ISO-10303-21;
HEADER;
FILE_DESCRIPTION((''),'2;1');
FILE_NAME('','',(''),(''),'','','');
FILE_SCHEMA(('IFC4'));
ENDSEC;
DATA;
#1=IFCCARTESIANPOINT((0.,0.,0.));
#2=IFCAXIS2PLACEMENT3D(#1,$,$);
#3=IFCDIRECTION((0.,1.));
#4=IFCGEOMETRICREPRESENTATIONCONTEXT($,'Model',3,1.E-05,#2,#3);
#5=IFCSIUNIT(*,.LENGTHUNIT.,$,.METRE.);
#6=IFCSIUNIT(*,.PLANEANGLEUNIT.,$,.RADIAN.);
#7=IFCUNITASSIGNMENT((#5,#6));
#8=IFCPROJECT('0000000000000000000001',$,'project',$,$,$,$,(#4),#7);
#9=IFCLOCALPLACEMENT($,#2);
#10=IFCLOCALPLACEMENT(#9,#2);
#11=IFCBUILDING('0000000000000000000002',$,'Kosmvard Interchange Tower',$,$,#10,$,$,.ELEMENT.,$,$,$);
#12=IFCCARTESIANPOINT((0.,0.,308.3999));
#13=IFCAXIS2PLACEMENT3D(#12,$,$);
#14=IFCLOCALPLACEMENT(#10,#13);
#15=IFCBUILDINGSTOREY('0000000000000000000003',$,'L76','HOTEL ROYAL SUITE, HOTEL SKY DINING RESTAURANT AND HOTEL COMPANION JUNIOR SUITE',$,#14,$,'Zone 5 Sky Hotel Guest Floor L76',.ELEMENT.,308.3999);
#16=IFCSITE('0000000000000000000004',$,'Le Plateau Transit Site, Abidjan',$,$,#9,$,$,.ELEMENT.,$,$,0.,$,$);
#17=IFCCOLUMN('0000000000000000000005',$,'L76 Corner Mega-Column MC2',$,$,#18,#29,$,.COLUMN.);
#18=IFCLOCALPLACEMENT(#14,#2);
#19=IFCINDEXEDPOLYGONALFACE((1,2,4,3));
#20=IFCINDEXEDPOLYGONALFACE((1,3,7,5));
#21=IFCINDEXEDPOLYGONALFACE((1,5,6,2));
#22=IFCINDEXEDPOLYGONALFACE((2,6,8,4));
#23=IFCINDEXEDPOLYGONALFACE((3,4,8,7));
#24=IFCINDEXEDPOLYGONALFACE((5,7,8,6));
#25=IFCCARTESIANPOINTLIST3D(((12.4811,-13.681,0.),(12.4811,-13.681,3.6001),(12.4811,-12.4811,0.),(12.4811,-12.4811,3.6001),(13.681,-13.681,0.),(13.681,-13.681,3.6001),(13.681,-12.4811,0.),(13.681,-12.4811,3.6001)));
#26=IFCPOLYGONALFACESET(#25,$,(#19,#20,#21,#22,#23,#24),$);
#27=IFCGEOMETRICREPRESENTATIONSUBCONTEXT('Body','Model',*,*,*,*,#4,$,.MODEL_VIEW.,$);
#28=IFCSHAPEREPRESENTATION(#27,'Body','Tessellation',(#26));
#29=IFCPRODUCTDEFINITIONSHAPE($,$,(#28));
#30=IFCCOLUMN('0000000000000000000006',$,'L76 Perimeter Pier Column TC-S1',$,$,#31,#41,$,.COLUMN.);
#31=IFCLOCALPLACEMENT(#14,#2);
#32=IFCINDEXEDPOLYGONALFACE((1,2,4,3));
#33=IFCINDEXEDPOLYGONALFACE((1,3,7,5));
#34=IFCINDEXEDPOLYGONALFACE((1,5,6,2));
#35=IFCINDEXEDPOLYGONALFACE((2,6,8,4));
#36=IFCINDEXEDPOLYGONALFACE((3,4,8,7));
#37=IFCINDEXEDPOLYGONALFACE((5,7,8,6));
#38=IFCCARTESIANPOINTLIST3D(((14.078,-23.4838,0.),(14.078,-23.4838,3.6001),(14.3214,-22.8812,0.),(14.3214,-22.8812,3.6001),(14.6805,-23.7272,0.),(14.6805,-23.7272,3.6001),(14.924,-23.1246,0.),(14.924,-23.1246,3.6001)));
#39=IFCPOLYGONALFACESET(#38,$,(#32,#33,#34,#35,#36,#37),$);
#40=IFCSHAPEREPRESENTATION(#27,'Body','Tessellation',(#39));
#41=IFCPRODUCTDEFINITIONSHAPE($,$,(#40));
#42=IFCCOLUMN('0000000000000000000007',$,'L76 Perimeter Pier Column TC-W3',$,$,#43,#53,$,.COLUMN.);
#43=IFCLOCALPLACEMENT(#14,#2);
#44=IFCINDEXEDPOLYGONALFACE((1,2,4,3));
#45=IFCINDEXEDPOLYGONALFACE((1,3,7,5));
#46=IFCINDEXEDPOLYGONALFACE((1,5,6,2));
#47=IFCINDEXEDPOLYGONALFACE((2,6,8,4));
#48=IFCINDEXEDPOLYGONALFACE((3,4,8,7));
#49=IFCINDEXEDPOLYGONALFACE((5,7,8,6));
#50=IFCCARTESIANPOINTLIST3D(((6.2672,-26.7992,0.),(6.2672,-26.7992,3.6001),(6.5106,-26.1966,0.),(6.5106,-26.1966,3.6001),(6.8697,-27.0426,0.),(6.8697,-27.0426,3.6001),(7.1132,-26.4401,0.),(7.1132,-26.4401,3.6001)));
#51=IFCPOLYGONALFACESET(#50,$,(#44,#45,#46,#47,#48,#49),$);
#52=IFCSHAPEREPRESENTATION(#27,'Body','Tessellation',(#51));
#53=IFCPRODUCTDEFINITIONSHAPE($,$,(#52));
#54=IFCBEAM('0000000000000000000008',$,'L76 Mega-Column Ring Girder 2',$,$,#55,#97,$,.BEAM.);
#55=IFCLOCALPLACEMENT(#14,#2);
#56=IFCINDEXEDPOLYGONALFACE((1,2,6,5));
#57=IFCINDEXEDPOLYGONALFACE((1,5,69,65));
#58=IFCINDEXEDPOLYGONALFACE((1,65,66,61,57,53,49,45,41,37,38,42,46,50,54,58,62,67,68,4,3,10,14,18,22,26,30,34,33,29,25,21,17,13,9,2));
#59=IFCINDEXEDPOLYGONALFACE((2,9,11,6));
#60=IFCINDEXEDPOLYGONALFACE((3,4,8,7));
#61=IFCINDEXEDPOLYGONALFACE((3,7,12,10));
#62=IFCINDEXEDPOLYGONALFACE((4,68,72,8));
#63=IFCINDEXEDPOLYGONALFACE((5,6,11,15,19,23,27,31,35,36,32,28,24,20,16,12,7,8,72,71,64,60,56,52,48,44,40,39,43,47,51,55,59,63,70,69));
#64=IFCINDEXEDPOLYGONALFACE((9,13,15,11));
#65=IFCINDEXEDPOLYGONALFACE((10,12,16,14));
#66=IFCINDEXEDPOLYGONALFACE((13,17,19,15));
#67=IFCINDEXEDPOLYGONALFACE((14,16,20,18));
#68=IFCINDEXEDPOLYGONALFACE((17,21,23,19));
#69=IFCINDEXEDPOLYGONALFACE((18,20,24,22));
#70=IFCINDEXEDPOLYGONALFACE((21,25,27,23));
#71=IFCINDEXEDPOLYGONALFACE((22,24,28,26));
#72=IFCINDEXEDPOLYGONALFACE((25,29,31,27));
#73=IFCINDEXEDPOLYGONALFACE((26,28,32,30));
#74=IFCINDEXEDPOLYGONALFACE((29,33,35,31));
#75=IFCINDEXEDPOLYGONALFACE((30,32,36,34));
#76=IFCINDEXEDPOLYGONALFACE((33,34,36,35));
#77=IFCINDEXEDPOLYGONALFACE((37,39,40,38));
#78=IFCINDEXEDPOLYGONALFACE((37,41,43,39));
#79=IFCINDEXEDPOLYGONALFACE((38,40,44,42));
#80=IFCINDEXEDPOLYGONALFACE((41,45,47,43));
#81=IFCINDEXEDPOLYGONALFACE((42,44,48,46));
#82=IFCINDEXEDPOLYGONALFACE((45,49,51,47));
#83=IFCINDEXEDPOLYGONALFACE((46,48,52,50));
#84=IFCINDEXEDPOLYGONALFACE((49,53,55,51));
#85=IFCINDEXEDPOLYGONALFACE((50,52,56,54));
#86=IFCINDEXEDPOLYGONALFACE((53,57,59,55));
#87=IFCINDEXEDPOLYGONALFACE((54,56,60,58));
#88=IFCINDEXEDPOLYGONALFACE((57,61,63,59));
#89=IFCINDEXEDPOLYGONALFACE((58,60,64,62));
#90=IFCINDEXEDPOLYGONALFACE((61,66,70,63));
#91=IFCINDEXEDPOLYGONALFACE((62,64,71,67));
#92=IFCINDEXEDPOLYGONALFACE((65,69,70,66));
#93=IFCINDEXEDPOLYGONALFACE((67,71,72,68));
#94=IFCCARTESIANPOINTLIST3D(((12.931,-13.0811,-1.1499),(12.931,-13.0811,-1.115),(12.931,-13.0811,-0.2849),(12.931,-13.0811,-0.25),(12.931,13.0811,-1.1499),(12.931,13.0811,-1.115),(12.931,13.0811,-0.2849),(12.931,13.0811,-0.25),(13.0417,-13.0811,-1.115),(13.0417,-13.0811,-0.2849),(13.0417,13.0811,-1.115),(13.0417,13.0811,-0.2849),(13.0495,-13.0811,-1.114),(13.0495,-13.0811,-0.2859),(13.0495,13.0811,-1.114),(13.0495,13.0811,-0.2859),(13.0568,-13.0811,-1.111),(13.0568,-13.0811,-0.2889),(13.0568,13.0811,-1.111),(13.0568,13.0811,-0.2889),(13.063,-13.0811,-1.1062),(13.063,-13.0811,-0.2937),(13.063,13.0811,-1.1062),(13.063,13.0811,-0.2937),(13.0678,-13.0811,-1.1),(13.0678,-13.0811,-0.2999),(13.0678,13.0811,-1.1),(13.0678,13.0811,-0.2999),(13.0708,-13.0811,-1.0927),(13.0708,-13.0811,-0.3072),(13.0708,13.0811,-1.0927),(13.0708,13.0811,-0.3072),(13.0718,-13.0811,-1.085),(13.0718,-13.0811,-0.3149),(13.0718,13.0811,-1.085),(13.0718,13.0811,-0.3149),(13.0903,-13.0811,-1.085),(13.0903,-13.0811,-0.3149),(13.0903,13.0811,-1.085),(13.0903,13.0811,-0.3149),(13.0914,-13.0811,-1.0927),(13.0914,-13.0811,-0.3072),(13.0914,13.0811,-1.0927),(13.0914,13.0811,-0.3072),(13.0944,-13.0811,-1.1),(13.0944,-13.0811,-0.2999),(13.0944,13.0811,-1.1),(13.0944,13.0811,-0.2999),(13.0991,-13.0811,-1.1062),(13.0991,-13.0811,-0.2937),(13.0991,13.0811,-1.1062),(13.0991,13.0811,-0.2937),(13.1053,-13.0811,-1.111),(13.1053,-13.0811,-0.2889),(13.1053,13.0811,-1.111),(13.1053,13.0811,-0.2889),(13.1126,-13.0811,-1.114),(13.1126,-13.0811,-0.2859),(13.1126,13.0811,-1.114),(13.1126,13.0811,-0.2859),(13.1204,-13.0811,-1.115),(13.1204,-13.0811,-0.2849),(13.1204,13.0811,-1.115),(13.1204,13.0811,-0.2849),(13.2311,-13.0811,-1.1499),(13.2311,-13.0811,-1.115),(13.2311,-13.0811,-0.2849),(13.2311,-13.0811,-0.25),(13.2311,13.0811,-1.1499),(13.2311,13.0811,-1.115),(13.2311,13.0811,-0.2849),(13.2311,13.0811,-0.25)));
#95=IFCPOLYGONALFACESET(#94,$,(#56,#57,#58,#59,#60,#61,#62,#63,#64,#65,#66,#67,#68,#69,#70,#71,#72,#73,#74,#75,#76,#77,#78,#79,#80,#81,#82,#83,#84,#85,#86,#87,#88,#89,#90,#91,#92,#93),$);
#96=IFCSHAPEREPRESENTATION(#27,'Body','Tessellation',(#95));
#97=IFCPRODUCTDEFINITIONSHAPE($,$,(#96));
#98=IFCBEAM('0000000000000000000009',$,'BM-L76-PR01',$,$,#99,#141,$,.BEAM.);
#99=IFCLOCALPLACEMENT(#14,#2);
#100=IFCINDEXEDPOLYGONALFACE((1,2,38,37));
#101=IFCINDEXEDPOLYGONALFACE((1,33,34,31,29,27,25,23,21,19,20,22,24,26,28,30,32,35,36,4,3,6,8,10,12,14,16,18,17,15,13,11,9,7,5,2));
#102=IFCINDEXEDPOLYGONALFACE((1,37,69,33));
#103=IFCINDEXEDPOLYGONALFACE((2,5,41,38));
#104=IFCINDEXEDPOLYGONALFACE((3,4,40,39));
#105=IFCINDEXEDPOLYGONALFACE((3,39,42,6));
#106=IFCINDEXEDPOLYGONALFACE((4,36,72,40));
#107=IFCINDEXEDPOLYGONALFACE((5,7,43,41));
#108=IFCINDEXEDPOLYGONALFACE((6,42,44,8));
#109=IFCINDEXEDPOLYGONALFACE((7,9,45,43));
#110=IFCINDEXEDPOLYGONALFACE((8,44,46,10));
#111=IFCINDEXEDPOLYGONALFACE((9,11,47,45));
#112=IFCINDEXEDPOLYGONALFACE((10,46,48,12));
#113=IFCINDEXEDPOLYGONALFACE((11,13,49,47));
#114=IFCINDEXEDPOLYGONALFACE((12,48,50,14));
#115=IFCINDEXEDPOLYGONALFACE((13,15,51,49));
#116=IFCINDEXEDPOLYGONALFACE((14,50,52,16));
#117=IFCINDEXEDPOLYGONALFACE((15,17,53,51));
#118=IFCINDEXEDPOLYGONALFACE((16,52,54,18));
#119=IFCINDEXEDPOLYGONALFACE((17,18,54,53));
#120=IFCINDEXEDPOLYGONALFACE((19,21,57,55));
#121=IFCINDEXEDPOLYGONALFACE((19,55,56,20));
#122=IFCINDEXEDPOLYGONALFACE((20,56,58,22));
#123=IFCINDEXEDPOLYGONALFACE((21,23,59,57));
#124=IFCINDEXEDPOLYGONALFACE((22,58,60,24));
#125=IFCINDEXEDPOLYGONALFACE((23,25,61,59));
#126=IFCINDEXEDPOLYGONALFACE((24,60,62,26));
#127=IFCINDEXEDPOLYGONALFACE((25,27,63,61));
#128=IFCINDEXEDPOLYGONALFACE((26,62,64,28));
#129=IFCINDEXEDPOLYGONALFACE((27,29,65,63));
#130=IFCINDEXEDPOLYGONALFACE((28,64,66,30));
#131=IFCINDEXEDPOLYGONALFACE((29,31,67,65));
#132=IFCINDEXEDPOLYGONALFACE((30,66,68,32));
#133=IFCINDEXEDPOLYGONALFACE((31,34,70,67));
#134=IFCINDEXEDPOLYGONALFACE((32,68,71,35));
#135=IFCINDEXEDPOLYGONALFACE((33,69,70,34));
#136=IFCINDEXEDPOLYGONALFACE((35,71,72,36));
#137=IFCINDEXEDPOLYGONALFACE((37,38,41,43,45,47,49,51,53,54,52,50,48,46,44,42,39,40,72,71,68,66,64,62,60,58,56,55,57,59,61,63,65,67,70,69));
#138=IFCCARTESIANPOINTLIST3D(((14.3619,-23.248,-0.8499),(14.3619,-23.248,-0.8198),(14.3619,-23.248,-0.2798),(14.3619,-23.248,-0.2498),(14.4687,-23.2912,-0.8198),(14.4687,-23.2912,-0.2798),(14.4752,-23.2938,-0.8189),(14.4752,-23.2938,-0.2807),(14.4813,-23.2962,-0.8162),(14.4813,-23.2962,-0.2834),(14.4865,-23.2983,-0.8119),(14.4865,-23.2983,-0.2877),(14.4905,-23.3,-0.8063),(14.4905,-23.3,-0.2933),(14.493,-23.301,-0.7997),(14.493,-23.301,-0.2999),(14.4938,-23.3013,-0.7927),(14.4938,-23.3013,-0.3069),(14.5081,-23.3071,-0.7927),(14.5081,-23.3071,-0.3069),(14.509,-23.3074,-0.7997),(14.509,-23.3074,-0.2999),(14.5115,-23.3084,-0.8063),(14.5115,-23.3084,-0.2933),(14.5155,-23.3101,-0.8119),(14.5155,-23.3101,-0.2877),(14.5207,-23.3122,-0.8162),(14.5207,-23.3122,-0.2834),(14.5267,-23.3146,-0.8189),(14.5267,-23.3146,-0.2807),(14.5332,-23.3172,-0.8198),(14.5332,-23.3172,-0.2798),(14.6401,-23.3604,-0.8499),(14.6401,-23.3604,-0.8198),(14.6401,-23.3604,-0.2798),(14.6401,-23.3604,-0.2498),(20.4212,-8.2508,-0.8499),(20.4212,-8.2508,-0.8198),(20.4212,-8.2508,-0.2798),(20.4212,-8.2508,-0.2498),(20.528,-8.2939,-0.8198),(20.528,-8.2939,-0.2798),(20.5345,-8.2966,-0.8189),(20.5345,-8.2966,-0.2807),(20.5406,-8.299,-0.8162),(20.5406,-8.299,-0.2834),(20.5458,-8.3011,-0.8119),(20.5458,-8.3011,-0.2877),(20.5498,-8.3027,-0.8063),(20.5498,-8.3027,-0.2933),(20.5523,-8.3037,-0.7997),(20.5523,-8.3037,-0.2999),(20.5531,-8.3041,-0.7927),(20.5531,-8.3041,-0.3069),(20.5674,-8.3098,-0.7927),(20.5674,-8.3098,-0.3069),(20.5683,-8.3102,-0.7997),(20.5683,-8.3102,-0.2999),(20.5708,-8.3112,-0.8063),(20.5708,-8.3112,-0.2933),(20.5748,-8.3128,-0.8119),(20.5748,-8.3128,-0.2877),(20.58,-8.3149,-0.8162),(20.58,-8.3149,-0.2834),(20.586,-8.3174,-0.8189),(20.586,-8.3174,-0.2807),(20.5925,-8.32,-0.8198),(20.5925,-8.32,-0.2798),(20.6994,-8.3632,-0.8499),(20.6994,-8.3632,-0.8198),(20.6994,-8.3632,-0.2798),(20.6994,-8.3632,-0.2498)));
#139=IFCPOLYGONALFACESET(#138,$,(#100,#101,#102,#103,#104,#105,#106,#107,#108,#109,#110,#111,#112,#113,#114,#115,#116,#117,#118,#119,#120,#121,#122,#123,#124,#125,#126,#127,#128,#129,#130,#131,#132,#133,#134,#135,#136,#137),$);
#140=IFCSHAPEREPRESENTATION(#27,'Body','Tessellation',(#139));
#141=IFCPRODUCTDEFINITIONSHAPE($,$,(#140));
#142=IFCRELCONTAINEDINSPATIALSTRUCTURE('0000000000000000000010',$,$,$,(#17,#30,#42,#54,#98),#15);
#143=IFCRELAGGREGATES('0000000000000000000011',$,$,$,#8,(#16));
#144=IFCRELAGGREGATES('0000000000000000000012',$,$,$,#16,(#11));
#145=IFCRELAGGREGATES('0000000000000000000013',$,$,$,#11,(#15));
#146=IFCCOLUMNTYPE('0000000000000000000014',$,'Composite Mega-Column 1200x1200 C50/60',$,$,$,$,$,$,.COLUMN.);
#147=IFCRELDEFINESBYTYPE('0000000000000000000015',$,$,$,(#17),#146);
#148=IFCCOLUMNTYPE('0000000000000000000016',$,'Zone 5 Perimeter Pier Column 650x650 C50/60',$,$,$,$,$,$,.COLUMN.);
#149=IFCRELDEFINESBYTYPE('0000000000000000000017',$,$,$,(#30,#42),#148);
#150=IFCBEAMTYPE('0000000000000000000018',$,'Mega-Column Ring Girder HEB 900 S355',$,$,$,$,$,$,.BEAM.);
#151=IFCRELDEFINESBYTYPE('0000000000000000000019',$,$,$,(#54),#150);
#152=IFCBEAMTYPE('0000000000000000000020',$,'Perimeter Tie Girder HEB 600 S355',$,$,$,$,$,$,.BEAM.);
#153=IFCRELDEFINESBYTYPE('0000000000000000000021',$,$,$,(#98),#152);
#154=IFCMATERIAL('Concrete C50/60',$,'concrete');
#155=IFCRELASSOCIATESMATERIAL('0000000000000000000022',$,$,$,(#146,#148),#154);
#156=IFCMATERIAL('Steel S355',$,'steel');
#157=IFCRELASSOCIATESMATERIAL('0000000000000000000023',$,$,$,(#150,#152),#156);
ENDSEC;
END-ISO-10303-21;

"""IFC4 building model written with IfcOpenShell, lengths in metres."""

from ifc_helpers import new_model, si_unit, direction, frame, origin, origin_2d, place, context, subcontext, project, spatial, rectangle, i_section, extrude, source, transform, mapped, material, material_profile, profile_set, type_object, element, save


model = new_model("IFC4")

# Units and contexts
model_context = context("Model", 3, precision=1e-05, world=origin(), true_north=direction((0.0, 1.0)))
body_context = subcontext(model_context, "Body", "Model", "MODEL_VIEW")
ifc_project = project(units=[si_unit("LENGTHUNIT", "METRE"), si_unit("PLANEANGLEUNIT", "RADIAN")], contexts=[model_context])

# Site, building, storey
site_placement = place(None, origin())
site = spatial("IfcSite", under=ifc_project, at=site_placement, Name="Le Plateau Transit Site, Abidjan", CompositionType="ELEMENT", RefElevation=0.0)
building_placement = place(site_placement, origin())
building = spatial("IfcBuilding", under=site, at=building_placement, Name="Kosmvard Interchange Tower", CompositionType="ELEMENT")
storey_placement = place(building_placement, frame((0.0, 0.0, 308.3999)))
storey = spatial("IfcBuildingStorey", under=building, at=storey_placement, Name="L76", Description="HOTEL ROYAL SUITE, HOTEL SKY DINING RESTAURANT AND HOTEL COMPANION JUNIOR SUITE", LongName="Zone 5 Sky Hotel Guest Floor L76", CompositionType="ELEMENT", Elevation=308.3999)

# Columns
ifc_material_1 = material(Name="Concrete C50/60", Category="concrete")
ifc_material_profile_1 = material_profile(ifc_material_1, rectangle(XDim=1.2, YDim=1.2, at=origin_2d()), Name="MC 1200x1200")
ifc_profile_set_1 = profile_set([ifc_material_profile_1], Name="Concrete C50/60")
column_type_1 = type_object("IfcColumnType", Name="Composite Mega-Column 1200x1200 C50/60", PredefinedType="COLUMN", material=ifc_profile_set_1)
shared_shape_1 = source(origin(), body_context, "Body", "SweptSolid", [
    extrude(rectangle(XDim=1.2, YDim=1.2, at=origin_2d()), origin(), (0.0, 0.0, 1.0), 3.6001),
])
column_placement = place(storey_placement, frame((13.0811, -13.0811, 0.0), z_axis=(0.0, 0.0, 1.0), x_axis=(1.0, 0.0, 0.0)))
element("IfcColumn", 1, at=column_placement, inside=storey, type_object=column_type_1, Name="L76 Corner Mega-Column MC2", PredefinedType="COLUMN", context=body_context, shape_type="MappedRepresentation", body=[
    mapped(shared_shape_1, transform((0.0, 0.0, 0.0), scale=1.0)),
])
ifc_material_profile_2 = material_profile(ifc_material_1, rectangle(XDim=0.6499, YDim=0.6499, at=origin_2d()), Name="TC 650x650")
ifc_profile_set_2 = profile_set([ifc_material_profile_2], Name="Concrete C50/60")
column_type_2 = type_object("IfcColumnType", Name="Zone 5 Perimeter Pier Column 650x650 C50/60", PredefinedType="COLUMN", material=ifc_profile_set_2)
shared_shape_2 = source(origin(), body_context, "Body", "SweptSolid", [
    extrude(rectangle(XDim=0.6499, YDim=0.6499, at=origin_2d()), origin(), (0.0, 0.0, 1.0), 3.6001),
])
for number, where, z_axis, x_axis, name in (
    (2, (14.501, -23.3042, 0.0), (0.0, 0.0, 1.0), (0.374607, 0.927184, 0.0), "L76 Perimeter Pier Column TC-S1"),
    (3, (6.6902, -26.6196, 0.0), (0.0, 0.0, 1.0), (0.374607, 0.927184, 0.0), "L76 Perimeter Pier Column TC-W3"),
):
    element("IfcColumn", number, at=place(storey_placement, frame(where, z_axis=z_axis, x_axis=x_axis)), inside=storey, type_object=column_type_2, Name=name, PredefinedType="COLUMN", context=body_context, shape_type="MappedRepresentation", body=[
        mapped(shared_shape_2, transform((0.0, 0.0, 0.0), scale=1.0)),
    ])

# Beams
ifc_material_2 = material(Name="Steel S355", Category="steel")
ifc_material_profile_3 = material_profile(ifc_material_2, i_section(OverallWidth=0.3, OverallDepth=0.8999, WebThickness=0.0186, FlangeThickness=0.0349, FilletRadius=0.03, at=origin_2d()), Name="HEB 900")
ifc_profile_set_3 = profile_set([ifc_material_profile_3], Name="Steel S355")
beam_type_1 = type_object("IfcBeamType", Name="Mega-Column Ring Girder HEB 900 S355", PredefinedType="BEAM", material=ifc_profile_set_3)
shared_shape_3 = source(origin(), body_context, "Body", "SweptSolid", [
    extrude(i_section(OverallWidth=0.3, OverallDepth=0.8999, WebThickness=0.0186, FlangeThickness=0.0349, FilletRadius=0.03, at=origin_2d()), origin(), (0.0, 0.0, 1.0), 26.1621),
])
beam_1_placement = place(storey_placement, frame((13.0811, -13.0811, -0.7), z_axis=(0.0, 1.0, 0.0), x_axis=(-1.0, 0.0, 0.0)))
element("IfcBeam", 4, at=beam_1_placement, inside=storey, type_object=beam_type_1, Name="L76 Mega-Column Ring Girder 2", PredefinedType="BEAM", context=body_context, shape_type="MappedRepresentation", body=[
    mapped(shared_shape_3, transform((0.0, 0.0, 0.0), scale=1.0)),
])
ifc_material_profile_4 = material_profile(ifc_material_2, i_section(OverallWidth=0.3, OverallDepth=0.6001, WebThickness=0.0154, FlangeThickness=0.03, FilletRadius=0.0271, at=origin_2d()), Name="HEB 600")
ifc_profile_set_4 = profile_set([ifc_material_profile_4], Name="Steel S355")
beam_type_2 = type_object("IfcBeamType", Name="Perimeter Tie Girder HEB 600 S355", PredefinedType="BEAM", material=ifc_profile_set_4)
shared_shape_4 = source(origin(), body_context, "Body", "SweptSolid", [
    extrude(i_section(OverallWidth=0.3, OverallDepth=0.6001, WebThickness=0.0154, FlangeThickness=0.03, FilletRadius=0.0271, at=origin_2d()), origin(), (0.0, 0.0, 1.0), 16.175),
])
beam_2_placement = place(storey_placement, frame((14.501, -23.3042, -0.5498), z_axis=(0.374608, 0.927183, 0.0), x_axis=(-0.927183, 0.374608, 0.0)))
element("IfcBeam", 5, at=beam_2_placement, inside=storey, type_object=beam_type_2, Name="BM-L76-PR01", PredefinedType="BEAM", context=body_context, shape_type="MappedRepresentation", body=[
    mapped(shared_shape_4, transform((0.0, 0.0, 0.0), scale=1.0)),
])

save(model, "model.ifc")
